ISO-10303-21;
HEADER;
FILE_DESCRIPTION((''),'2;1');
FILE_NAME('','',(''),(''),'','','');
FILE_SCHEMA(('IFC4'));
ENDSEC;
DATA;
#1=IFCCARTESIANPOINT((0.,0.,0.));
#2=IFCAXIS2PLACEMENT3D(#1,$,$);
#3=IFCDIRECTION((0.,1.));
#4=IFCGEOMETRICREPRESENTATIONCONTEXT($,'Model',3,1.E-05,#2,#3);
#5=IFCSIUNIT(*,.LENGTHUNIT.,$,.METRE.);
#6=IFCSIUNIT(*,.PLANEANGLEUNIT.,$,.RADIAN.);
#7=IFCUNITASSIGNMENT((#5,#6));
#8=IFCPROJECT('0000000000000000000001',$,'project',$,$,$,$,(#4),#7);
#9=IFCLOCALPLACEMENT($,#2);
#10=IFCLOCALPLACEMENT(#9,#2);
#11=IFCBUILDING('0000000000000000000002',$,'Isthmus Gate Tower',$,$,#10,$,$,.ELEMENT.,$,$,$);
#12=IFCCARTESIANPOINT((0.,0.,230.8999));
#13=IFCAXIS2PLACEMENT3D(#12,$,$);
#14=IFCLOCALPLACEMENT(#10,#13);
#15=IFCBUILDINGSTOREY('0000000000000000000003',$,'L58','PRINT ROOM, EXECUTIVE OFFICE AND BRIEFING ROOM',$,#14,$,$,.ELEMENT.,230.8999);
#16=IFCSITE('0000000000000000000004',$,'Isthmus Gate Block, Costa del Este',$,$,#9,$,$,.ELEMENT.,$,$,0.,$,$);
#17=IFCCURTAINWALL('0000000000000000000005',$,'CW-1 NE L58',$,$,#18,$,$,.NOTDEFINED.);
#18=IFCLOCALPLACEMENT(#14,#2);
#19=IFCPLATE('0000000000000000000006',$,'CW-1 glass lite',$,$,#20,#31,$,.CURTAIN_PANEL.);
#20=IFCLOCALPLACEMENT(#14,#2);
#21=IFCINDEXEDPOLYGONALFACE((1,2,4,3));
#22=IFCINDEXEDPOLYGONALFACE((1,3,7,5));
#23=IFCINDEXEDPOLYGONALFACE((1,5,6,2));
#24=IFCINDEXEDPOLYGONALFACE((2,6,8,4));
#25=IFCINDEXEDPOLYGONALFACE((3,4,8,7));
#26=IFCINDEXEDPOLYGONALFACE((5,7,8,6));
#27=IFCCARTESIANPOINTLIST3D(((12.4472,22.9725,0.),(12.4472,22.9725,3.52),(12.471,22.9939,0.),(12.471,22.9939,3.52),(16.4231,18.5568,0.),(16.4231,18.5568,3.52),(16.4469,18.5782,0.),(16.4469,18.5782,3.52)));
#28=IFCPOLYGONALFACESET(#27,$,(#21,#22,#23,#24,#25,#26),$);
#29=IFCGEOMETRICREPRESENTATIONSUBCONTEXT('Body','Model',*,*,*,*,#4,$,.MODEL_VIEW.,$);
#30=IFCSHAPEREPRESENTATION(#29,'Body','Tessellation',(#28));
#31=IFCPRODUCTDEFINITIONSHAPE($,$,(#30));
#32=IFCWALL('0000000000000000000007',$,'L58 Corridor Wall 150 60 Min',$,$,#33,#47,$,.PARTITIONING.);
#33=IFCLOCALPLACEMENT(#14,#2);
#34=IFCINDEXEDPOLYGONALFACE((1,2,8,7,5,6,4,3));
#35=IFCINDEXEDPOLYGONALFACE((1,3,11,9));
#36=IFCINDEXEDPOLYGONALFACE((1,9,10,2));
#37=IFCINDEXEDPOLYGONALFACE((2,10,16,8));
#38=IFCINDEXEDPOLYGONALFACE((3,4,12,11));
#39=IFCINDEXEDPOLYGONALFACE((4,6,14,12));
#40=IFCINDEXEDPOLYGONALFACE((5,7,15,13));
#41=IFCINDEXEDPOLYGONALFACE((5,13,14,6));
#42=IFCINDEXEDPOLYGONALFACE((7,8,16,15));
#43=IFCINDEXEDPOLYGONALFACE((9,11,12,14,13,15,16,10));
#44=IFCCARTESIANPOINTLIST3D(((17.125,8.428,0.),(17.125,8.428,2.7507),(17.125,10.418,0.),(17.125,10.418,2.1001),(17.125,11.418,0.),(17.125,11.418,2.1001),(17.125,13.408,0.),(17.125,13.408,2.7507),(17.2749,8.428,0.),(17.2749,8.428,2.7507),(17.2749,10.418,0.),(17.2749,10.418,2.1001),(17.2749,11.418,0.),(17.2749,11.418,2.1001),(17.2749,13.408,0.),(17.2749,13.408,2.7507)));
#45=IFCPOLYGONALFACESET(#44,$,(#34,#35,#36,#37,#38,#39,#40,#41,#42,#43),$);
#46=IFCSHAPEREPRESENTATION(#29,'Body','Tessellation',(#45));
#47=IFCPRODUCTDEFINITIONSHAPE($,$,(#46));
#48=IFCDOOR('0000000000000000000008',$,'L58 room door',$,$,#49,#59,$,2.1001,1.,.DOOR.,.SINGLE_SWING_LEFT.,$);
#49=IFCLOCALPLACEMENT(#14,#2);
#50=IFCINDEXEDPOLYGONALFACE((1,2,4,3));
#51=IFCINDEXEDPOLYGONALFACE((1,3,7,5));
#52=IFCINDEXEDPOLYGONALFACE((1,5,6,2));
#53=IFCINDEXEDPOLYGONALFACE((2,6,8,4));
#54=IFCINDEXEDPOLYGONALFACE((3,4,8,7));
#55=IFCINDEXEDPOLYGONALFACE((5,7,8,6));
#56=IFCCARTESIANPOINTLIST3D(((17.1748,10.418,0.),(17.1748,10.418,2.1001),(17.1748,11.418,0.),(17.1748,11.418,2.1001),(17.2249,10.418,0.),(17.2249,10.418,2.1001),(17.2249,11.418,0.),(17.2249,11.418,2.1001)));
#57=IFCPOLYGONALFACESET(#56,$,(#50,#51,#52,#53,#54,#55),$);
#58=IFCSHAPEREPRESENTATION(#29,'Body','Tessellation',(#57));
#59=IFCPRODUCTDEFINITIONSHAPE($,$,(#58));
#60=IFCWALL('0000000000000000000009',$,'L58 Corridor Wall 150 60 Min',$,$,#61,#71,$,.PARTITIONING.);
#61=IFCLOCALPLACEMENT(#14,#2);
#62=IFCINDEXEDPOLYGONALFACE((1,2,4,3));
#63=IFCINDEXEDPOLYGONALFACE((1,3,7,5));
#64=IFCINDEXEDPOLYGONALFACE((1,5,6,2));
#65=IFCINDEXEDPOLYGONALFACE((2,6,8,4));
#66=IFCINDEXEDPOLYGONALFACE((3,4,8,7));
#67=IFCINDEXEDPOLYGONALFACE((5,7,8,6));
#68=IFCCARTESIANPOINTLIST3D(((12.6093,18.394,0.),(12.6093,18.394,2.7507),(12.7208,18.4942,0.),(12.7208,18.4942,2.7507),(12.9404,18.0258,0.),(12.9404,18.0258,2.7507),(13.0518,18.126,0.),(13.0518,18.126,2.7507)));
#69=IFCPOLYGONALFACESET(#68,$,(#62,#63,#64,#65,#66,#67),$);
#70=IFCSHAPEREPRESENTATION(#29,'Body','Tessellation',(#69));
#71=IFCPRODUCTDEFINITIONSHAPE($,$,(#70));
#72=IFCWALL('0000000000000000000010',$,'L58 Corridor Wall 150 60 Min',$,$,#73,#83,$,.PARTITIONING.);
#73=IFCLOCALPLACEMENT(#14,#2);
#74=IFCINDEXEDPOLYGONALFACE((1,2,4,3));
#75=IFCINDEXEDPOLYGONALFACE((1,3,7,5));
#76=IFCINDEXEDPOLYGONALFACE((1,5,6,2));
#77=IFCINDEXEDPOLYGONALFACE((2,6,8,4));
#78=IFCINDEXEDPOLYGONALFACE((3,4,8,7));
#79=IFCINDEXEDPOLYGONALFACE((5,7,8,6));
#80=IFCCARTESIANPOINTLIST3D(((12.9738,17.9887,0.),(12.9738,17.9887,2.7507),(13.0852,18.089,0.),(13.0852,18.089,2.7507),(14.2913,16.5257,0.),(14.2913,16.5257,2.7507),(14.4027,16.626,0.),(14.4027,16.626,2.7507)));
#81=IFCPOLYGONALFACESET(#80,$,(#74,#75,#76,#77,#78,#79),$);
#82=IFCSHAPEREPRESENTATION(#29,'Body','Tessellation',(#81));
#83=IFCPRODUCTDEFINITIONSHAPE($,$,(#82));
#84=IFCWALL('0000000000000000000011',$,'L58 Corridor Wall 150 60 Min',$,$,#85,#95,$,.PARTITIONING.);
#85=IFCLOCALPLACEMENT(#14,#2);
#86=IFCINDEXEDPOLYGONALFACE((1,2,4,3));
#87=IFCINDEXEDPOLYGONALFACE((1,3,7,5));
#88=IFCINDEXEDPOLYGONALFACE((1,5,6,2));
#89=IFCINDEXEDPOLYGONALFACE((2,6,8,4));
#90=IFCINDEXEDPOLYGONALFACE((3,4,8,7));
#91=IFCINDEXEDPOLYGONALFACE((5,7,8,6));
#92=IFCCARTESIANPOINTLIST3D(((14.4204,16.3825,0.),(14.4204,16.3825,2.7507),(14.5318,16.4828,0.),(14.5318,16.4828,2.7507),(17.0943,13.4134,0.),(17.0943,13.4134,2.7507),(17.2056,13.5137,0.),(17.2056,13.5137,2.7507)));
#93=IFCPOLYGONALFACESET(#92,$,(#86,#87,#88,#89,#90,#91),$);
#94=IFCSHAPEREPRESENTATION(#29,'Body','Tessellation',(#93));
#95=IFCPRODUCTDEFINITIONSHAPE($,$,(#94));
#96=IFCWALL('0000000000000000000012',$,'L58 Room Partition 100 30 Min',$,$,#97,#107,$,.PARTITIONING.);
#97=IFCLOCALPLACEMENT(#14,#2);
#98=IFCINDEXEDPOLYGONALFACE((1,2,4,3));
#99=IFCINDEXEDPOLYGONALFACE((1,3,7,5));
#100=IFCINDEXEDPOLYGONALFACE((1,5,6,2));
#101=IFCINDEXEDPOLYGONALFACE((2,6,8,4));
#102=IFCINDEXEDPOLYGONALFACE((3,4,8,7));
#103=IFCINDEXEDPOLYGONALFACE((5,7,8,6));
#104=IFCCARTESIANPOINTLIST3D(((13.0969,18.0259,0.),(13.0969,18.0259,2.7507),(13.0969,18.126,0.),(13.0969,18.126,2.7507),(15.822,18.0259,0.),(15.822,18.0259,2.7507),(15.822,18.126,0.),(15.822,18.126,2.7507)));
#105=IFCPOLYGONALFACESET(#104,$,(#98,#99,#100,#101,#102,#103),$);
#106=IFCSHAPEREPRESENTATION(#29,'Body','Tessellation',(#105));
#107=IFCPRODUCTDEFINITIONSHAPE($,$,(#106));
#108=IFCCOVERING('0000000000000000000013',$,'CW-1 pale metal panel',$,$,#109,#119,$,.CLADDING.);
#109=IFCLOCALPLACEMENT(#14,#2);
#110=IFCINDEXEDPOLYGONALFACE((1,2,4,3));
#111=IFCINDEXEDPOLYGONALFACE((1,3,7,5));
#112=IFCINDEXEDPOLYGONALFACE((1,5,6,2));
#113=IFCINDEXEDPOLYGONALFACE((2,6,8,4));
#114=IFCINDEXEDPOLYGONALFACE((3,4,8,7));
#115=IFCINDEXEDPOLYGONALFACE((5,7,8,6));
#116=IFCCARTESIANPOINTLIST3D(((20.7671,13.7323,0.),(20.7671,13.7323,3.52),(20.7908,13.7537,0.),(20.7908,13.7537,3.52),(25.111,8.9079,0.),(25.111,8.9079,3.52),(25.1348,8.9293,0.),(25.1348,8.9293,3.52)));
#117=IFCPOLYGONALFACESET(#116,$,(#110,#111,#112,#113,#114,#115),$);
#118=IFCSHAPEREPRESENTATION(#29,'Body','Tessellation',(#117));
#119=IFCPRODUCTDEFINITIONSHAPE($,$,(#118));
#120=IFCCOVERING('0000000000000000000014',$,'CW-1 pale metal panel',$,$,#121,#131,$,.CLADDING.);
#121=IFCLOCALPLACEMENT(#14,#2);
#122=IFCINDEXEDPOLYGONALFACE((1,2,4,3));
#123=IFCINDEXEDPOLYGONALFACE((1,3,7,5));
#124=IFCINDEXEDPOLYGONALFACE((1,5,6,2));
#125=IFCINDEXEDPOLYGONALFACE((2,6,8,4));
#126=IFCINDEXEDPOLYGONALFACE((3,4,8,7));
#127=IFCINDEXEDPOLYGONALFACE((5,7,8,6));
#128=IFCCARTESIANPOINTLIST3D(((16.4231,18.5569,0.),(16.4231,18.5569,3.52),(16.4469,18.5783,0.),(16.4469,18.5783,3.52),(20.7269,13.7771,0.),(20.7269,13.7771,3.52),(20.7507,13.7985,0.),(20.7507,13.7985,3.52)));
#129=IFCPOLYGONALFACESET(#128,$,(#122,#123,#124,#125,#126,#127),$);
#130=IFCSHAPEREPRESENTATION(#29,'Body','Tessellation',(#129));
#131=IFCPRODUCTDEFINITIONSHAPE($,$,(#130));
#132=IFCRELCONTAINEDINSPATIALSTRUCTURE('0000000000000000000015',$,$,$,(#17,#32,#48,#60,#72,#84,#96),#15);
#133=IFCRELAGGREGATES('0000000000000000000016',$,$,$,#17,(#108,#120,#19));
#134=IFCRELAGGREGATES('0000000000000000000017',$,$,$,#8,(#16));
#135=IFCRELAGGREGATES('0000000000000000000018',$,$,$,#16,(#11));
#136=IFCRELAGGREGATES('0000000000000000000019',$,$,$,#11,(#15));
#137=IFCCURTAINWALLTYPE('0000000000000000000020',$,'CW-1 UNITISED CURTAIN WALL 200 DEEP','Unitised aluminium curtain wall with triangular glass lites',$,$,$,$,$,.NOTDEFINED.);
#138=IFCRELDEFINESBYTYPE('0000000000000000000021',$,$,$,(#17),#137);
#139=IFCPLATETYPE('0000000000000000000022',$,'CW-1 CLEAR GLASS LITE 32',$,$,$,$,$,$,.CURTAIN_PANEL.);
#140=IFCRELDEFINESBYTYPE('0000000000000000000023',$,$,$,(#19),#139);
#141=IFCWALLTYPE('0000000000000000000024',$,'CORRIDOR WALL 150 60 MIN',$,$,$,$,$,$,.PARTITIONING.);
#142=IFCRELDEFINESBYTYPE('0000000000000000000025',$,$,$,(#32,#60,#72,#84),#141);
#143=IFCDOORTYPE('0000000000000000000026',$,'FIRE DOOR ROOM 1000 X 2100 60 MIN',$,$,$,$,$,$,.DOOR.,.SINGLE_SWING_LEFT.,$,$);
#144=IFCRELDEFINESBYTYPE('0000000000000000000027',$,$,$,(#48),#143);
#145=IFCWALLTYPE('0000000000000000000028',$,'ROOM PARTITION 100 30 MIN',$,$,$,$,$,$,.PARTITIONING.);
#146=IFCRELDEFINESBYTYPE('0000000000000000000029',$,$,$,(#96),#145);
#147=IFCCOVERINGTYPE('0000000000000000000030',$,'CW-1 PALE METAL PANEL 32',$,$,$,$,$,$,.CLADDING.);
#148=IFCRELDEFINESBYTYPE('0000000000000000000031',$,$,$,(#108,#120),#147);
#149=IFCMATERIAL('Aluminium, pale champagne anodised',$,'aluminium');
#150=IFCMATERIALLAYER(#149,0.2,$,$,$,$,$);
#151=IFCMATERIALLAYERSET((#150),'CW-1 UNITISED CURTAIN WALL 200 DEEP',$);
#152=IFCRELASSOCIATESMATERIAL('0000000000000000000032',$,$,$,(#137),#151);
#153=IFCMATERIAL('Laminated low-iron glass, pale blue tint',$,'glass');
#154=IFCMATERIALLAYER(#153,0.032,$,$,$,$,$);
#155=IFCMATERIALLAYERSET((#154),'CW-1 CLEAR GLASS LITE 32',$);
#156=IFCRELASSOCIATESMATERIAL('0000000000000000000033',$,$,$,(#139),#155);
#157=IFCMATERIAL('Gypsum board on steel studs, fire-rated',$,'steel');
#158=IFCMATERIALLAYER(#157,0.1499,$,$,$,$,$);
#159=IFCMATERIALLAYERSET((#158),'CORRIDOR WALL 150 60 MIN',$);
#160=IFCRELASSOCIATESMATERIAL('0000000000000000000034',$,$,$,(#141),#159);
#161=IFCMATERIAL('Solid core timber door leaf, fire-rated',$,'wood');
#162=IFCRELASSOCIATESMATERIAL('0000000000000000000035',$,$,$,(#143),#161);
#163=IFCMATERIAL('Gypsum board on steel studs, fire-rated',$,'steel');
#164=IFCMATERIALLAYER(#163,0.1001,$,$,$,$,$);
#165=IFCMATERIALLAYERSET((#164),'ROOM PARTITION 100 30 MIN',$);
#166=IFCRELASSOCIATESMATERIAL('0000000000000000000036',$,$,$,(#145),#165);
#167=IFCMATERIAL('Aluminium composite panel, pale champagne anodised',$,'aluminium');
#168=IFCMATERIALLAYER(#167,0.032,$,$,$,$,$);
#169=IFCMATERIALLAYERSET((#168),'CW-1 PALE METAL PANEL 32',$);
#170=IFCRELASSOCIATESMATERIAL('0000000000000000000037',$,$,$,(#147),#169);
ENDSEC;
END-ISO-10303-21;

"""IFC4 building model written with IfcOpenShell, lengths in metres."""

from ifc_helpers import new_model, si_unit, direction, frame, frame_2d, origin, origin_2d, place, context, subcontext, project, spatial, rectangle, extrude, material, layer, layer_set, type_object, element, fill, aggregate, save


model = new_model("IFC4")

# Units and contexts
model_context = context("Model", 3, precision=1e-05, world=origin(), true_north=direction((0.0, 1.0)))
body_context = subcontext(model_context, "Body", "Model", "MODEL_VIEW")
ifc_project = project(units=[si_unit("LENGTHUNIT", "METRE"), si_unit("PLANEANGLEUNIT", "RADIAN")], contexts=[model_context])

# Site, building, storey
site_placement = place(None, origin())
site = spatial("IfcSite", under=ifc_project, at=site_placement, Name="Isthmus Gate Block, Costa del Este", CompositionType="ELEMENT", RefElevation=0.0)
building_placement = place(site_placement, origin())
building = spatial("IfcBuilding", under=site, at=building_placement, Name="Isthmus Gate Tower", CompositionType="ELEMENT")
storey_placement = place(building_placement, frame((0.0, 0.0, 230.8999)))
storey = spatial("IfcBuildingStorey", under=building, at=storey_placement, Name="L58", Description="PRINT ROOM, EXECUTIVE OFFICE AND BRIEFING ROOM", CompositionType="ELEMENT", Elevation=230.8999)

# Curtain wall
ifc_material_1 = material(Name="Aluminium, pale champagne anodised", Category="aluminium")
ifc_layer_1 = layer(ifc_material_1, 0.2)
ifc_layer_set_1 = layer_set([ifc_layer_1], Name="CW-1 UNITISED CURTAIN WALL 200 DEEP")
curtain_wall_type = type_object("IfcCurtainWallType", Name="CW-1 UNITISED CURTAIN WALL 200 DEEP", Description="Unitised aluminium curtain wall with triangular glass lites", PredefinedType="NOTDEFINED", material=ifc_layer_set_1)
curtain_wall_placement = place(storey_placement, origin())
curtain_wall = element("IfcCurtainWall", 1, at=curtain_wall_placement, inside=storey, type_object=curtain_wall_type, Name="CW-1 NE L58", PredefinedType="NOTDEFINED")

# Plate
ifc_material_2 = material(Name="Laminated low-iron glass, pale blue tint", Category="glass")
ifc_layer_2 = layer(ifc_material_2, 0.032)
ifc_layer_set_2 = layer_set([ifc_layer_2], Name="CW-1 CLEAR GLASS LITE 32")
plate_type = type_object("IfcPlateType", Name="CW-1 CLEAR GLASS LITE 32", PredefinedType="CURTAIN_PANEL", material=ifc_layer_set_2)
plate_placement = place(storey_placement, frame((14.447, 20.7754, 0.0), z_axis=(0.0, 0.0, 1.0), x_axis=(-0.669131, 0.743145, 0.0)))
plate = element("IfcPlate", 2, at=plate_placement, type_object=plate_type, Name="CW-1 glass lite", PredefinedType="CURTAIN_PANEL", context=body_context, shape_type="SweptSolid", body=[
    extrude(rectangle(XDim=5.9419, YDim=0.032, at=origin_2d()), origin(), (0.0, 0.0, 1.0), 3.52),
])

# Wall, opening, door
ifc_material_3 = material(Name="Gypsum board on steel studs, fire-rated", Category="steel")
ifc_layer_3 = layer(ifc_material_3, 0.1499)
ifc_layer_set_3 = layer_set([ifc_layer_3], Name="CORRIDOR WALL 150 60 MIN")
wall_type_1 = type_object("IfcWallType", Name="CORRIDOR WALL 150 60 MIN", PredefinedType="PARTITIONING", material=ifc_layer_set_3)
wall_1_placement = place(storey_placement, frame((17.2, 13.408, 0.0), z_axis=(0.0, 0.0, 1.0), x_axis=(0.0, -1.0, 0.0)))
wall_1 = element("IfcWall", 3, at=wall_1_placement, inside=storey, type_object=wall_type_1, Name="L58 Corridor Wall 150 60 Min", PredefinedType="PARTITIONING", context=body_context, shape_type="SweptSolid", body=[
    extrude(rectangle(XDim=4.98, YDim=0.1499, at=frame_2d((2.49, 0.0))), origin(), (0.0, 0.0, 1.0), 2.7507),
])
opening_placement = place(wall_1_placement, frame((1.99, 0.0, 0.0)))
opening = element("IfcOpeningElement", 4, at=opening_placement, cuts=wall_1, PredefinedType="OPENING", context=body_context, shape_type="SweptSolid", body=[
    extrude(rectangle(XDim=1.0, YDim=2.1001, at=frame_2d((0.5, 1.05))), frame((0.0, 0.085, 0.0), z_axis=(0.0, -1.0, 0.0), x_axis=(1.0, 0.0, 0.0)), (0.0, 0.0, 1.0), 0.1699),
])
ifc_material_4 = material(Name="Solid core timber door leaf, fire-rated", Category="wood")
door_type = type_object("IfcDoorType", Name="FIRE DOOR ROOM 1000 X 2100 60 MIN", OperationType="SINGLE_SWING_LEFT", PredefinedType="DOOR", material=ifc_material_4)
door_placement = place(opening_placement, origin())
door = element("IfcDoor", 5, at=door_placement, inside=storey, type_object=door_type, Name="L58 room door", OperationType="SINGLE_SWING_LEFT", OverallHeight=2.1001, OverallWidth=1.0, PredefinedType="DOOR", context=body_context, shape_type="SweptSolid", body=[
    extrude(rectangle(XDim=1.0, YDim=2.1001, at=frame_2d((0.5, 1.05))), frame((0.0, 0.0249, 0.0), z_axis=(0.0, -1.0, 0.0), x_axis=(1.0, 0.0, 0.0)), (0.0, 0.0, 1.0), 0.05),
])
fill(opening, door)

# Walls
wall_2_placement = place(storey_placement, frame((12.665, 18.4441, 0.0), z_axis=(0.0, 0.0, 1.0), x_axis=(0.668638, -0.743588, 0.0)))
element("IfcWall", 6, at=wall_2_placement, inside=storey, type_object=wall_type_1, Name="L58 Corridor Wall 150 60 Min", PredefinedType="PARTITIONING", context=body_context, shape_type="SweptSolid", body=[
    extrude(rectangle(XDim=0.4951, YDim=0.1499, at=frame_2d((0.2476, 0.0))), origin(), (0.0, 0.0, 1.0), 2.7507),
])
wall_3_placement = place(storey_placement, frame((13.0295, 18.0388, 0.0), z_axis=(0.0, 0.0, 1.0), x_axis=(0.669184, -0.743097, 0.0)))
element("IfcWall", 7, at=wall_3_placement, inside=storey, type_object=wall_type_1, Name="L58 Corridor Wall 150 60 Min", PredefinedType="PARTITIONING", context=body_context, shape_type="SweptSolid", body=[
    extrude(rectangle(XDim=1.9688, YDim=0.1499, at=frame_2d((0.9844, 0.0))), origin(), (0.0, 0.0, 1.0), 2.7507),
])
wall_4_placement = place(storey_placement, frame((14.4761, 16.4326, 0.0), z_axis=(0.0, 0.0, 1.0), x_axis=(0.669204, -0.743078, 0.0)))
element("IfcWall", 8, at=wall_4_placement, inside=storey, type_object=wall_type_1, Name="L58 Corridor Wall 150 60 Min", PredefinedType="PARTITIONING", context=body_context, shape_type="SweptSolid", body=[
    extrude(rectangle(XDim=3.9956, YDim=0.1499, at=frame_2d((1.9978, 0.0))), origin(), (0.0, 0.0, 1.0), 2.7507),
])
ifc_material_5 = material(Name="Gypsum board on steel studs, fire-rated", Category="steel")
ifc_layer_4 = layer(ifc_material_5, 0.1001)
ifc_layer_set_4 = layer_set([ifc_layer_4], Name="ROOM PARTITION 100 30 MIN")
wall_type_2 = type_object("IfcWallType", Name="ROOM PARTITION 100 30 MIN", PredefinedType="PARTITIONING", material=ifc_layer_set_4)
wall_5_placement = place(storey_placement, frame((13.0969, 18.0759, 0.0), z_axis=(0.0, 0.0, 1.0), x_axis=(1.0, 0.0, 0.0)))
element("IfcWall", 9, at=wall_5_placement, inside=storey, type_object=wall_type_2, Name="L58 Room Partition 100 30 Min", PredefinedType="PARTITIONING", context=body_context, shape_type="SweptSolid", body=[
    extrude(rectangle(XDim=2.7251, YDim=0.1001, at=frame_2d((1.3625, 0.0))), origin(), (0.0, 0.0, 1.0), 2.7507),
])

# Coverings
ifc_material_6 = material(Name="Aluminium composite panel, pale champagne anodised", Category="aluminium")
ifc_layer_5 = layer(ifc_material_6, 0.032)
ifc_layer_set_5 = layer_set([ifc_layer_5], Name="CW-1 PALE METAL PANEL 32")
covering_type = type_object("IfcCoveringType", Name="CW-1 PALE METAL PANEL 32", PredefinedType="CLADDING", material=ifc_layer_set_5)
covering_1_placement = place(storey_placement, frame((22.9509, 11.3308, 0.0), z_axis=(0.0, 0.0, 1.0), x_axis=(-0.669131, 0.743145, 0.0)))
covering_1 = element("IfcCovering", 10, at=covering_1_placement, type_object=covering_type, Name="CW-1 pale metal panel", PredefinedType="CLADDING", context=body_context, shape_type="SweptSolid", body=[
    extrude(rectangle(XDim=6.4919, YDim=0.032, at=origin_2d()), origin(), (0.0, 0.0, 1.0), 3.52),
])
covering_2_placement = place(storey_placement, frame((18.5869, 16.1777, 0.0), z_axis=(0.0, 0.0, 1.0), x_axis=(-0.669131, 0.743145, 0.0)))
covering_2 = element("IfcCovering", 11, at=covering_2_placement, type_object=covering_type, Name="CW-1 pale metal panel", PredefinedType="CLADDING", context=body_context, shape_type="SweptSolid", body=[
    extrude(rectangle(XDim=6.4319, YDim=0.032, at=origin_2d()), origin(), (0.0, 0.0, 1.0), 3.52),
])
aggregate(curtain_wall, [covering_1, covering_2, plate])

save(model, "model.ifc")
